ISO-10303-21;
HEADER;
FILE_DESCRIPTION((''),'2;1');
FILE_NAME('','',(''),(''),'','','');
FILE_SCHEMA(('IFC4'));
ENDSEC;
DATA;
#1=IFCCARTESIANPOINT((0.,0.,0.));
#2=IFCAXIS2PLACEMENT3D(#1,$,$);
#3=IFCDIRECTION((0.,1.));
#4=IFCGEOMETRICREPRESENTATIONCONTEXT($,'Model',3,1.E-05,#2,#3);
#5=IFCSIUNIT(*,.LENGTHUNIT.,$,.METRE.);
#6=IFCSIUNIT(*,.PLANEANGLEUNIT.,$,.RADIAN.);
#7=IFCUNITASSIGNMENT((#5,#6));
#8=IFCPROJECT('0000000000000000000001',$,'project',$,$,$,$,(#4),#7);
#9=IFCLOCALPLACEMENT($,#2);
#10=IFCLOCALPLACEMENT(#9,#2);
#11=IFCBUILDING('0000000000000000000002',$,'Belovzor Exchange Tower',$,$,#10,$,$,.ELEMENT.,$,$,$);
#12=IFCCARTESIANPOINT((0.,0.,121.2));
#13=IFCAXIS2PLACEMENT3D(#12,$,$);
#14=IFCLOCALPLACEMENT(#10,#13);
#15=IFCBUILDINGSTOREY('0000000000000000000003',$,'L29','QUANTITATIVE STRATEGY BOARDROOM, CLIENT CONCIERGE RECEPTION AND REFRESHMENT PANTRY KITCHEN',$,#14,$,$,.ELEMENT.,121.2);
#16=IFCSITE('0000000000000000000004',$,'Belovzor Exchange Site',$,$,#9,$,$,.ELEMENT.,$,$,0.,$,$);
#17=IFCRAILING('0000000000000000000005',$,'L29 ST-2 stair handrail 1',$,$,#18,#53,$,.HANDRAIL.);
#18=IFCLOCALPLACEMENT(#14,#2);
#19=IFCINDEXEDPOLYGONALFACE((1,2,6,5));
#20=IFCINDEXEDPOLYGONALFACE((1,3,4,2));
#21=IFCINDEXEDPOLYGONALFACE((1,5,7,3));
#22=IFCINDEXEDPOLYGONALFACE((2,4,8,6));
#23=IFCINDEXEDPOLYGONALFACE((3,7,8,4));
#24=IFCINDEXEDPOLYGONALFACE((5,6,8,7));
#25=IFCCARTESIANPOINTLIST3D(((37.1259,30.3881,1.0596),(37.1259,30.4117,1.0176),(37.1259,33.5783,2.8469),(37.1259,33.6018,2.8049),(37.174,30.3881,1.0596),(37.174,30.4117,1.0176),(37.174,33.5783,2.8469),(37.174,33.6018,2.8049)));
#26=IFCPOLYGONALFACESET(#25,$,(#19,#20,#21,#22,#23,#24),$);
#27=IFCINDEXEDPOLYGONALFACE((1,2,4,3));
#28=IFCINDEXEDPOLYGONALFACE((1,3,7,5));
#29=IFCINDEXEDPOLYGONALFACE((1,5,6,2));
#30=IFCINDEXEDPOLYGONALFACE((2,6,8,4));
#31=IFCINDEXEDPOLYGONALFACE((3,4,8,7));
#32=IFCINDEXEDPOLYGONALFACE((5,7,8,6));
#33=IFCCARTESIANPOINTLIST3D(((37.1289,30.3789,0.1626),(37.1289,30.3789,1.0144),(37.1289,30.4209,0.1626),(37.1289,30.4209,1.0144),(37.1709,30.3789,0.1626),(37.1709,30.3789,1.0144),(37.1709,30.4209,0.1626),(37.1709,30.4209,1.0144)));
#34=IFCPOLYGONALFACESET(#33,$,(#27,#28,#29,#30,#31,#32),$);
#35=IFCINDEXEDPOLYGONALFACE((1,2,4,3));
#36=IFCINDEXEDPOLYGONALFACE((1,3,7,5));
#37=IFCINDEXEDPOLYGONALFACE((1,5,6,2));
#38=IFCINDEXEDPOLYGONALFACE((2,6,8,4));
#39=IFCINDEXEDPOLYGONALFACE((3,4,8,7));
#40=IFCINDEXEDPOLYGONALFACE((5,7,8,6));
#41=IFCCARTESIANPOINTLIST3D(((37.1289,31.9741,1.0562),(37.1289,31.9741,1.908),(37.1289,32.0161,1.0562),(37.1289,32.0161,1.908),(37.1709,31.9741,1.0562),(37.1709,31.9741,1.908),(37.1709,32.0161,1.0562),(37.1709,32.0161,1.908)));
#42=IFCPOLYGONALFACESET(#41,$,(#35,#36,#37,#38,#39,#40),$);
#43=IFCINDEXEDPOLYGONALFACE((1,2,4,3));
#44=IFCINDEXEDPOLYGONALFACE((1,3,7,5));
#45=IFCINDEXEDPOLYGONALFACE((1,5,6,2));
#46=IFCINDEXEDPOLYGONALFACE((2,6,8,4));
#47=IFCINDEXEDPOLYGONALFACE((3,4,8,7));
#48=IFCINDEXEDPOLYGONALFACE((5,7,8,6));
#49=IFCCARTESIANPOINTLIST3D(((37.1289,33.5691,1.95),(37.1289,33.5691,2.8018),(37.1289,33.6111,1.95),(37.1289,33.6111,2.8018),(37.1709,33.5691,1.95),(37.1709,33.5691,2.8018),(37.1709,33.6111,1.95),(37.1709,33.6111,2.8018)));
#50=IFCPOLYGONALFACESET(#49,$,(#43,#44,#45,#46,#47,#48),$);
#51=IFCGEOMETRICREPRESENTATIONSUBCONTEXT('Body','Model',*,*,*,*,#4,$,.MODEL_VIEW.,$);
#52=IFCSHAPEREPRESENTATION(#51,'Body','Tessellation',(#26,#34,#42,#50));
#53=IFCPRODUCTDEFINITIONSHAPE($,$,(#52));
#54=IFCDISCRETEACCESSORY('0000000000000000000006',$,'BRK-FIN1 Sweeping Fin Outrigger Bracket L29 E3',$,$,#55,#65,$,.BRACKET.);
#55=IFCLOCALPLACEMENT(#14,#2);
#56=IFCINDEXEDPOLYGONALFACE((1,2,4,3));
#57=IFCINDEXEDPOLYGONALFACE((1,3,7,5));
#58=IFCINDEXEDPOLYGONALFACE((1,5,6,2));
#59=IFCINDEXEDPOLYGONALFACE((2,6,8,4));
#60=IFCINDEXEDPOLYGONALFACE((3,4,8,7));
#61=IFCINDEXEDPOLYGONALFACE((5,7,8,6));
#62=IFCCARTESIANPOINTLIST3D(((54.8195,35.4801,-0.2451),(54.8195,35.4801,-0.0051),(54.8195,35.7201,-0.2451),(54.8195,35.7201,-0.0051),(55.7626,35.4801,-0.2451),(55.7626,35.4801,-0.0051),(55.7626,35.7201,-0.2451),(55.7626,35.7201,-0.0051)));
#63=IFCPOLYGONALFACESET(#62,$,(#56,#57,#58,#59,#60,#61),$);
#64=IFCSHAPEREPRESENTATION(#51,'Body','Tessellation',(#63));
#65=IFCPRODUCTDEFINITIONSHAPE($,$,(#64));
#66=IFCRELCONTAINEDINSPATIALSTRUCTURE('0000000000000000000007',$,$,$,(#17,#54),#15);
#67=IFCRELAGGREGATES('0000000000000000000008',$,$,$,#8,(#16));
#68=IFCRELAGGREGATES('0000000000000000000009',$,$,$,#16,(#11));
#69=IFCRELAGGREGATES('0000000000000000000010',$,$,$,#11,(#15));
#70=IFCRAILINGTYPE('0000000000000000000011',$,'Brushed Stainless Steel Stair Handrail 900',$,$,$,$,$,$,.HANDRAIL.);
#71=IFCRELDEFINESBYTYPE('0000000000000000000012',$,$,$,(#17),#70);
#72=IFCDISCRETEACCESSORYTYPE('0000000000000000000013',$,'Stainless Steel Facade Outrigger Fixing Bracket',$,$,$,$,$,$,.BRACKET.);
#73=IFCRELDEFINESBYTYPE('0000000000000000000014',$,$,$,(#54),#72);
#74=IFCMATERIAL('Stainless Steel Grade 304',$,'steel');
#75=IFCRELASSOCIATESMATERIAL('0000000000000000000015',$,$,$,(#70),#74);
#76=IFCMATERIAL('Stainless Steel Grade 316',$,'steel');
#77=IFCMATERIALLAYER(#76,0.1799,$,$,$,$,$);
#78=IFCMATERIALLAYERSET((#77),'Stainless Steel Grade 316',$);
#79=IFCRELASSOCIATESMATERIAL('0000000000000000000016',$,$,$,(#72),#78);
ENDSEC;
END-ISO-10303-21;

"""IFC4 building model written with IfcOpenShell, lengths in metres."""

from ifc_helpers import new_model, si_unit, direction, frame, origin, origin_2d, place, context, subcontext, project, spatial, rectangle, extrude, material, layer, layer_set, type_object, element, save


model = new_model("IFC4")

# Units and contexts
model_context = context("Model", 3, precision=1e-05, world=origin(), true_north=direction((0.0, 1.0)))
body_context = subcontext(model_context, "Body", "Model", "MODEL_VIEW")
ifc_project = project(units=[si_unit("LENGTHUNIT", "METRE"), si_unit("PLANEANGLEUNIT", "RADIAN")], contexts=[model_context])

# Site, building, storey
site_placement = place(None, origin())
site = spatial("IfcSite", under=ifc_project, at=site_placement, Name="Belovzor Exchange Site", CompositionType="ELEMENT", RefElevation=0.0)
building_placement = place(site_placement, origin())
building = spatial("IfcBuilding", under=site, at=building_placement, Name="Belovzor Exchange Tower", CompositionType="ELEMENT")
storey_placement = place(building_placement, frame((0.0, 0.0, 121.2)))
storey = spatial("IfcBuildingStorey", under=building, at=storey_placement, Name="L29", Description="QUANTITATIVE STRATEGY BOARDROOM, CLIENT CONCIERGE RECEPTION AND REFRESHMENT PANTRY KITCHEN", CompositionType="ELEMENT", Elevation=121.2)

# Railing
ifc_material_1 = material(Name="Stainless Steel Grade 304", Category="steel")
railing_type = type_object("IfcRailingType", Name="Brushed Stainless Steel Stair Handrail 900", PredefinedType="HANDRAIL", material=ifc_material_1)
railing_placement = place(storey_placement, frame((37.1499, 30.3999, 0.1626)))
element("IfcRailing", 1, at=railing_placement, inside=storey, type_object=railing_type, Name="L29 ST-2 stair handrail 1", PredefinedType="HANDRAIL", context=body_context, shape_type="SweptSolid", body=[
    extrude(rectangle(XDim=0.0481, YDim=0.0481, at=origin_2d()), frame((0.0, 0.0, 0.876), z_axis=(0.0, 0.872407, 0.48878), x_axis=(-1.0, 0.0, 0.0)), (0.0, 0.0, 1.0), 3.6567),
    extrude(rectangle(XDim=0.042, YDim=0.042, at=origin_2d()), origin(), (0.0, 0.0, 1.0), 0.8518),
    extrude(rectangle(XDim=0.042, YDim=0.042, at=origin_2d()), frame((0.0, 1.5952, 0.8936)), (0.0, 0.0, 1.0), 0.8518),
    extrude(rectangle(XDim=0.042, YDim=0.042, at=origin_2d()), frame((0.0, 3.1902, 1.7874)), (0.0, 0.0, 1.0), 0.8518),
])

# Discrete accessory
ifc_material_2 = material(Name="Stainless Steel Grade 316", Category="steel")
ifc_layer_1 = layer(ifc_material_2, 0.1799)
ifc_layer_set_1 = layer_set([ifc_layer_1], Name="Stainless Steel Grade 316")
discrete_accessory_type = type_object("IfcDiscreteAccessoryType", Name="Stainless Steel Facade Outrigger Fixing Bracket", PredefinedType="BRACKET", material=ifc_layer_set_1)
discrete_accessory_placement = place(storey_placement, frame((55.291, 35.6001, -0.2451), z_axis=(0.0, 0.0, 1.0), x_axis=(1.0, 0.0, 0.0)))
element("IfcDiscreteAccessory", 2, at=discrete_accessory_placement, inside=storey, type_object=discrete_accessory_type, Name="BRK-FIN1 Sweeping Fin Outrigger Bracket L29 E3", PredefinedType="BRACKET", context=body_context, shape_type="SweptSolid", body=[
    extrude(rectangle(XDim=0.9431, YDim=0.24, at=origin_2d()), origin(), (0.0, 0.0, 1.0), 0.24),
])

save(model, "model.ifc")
